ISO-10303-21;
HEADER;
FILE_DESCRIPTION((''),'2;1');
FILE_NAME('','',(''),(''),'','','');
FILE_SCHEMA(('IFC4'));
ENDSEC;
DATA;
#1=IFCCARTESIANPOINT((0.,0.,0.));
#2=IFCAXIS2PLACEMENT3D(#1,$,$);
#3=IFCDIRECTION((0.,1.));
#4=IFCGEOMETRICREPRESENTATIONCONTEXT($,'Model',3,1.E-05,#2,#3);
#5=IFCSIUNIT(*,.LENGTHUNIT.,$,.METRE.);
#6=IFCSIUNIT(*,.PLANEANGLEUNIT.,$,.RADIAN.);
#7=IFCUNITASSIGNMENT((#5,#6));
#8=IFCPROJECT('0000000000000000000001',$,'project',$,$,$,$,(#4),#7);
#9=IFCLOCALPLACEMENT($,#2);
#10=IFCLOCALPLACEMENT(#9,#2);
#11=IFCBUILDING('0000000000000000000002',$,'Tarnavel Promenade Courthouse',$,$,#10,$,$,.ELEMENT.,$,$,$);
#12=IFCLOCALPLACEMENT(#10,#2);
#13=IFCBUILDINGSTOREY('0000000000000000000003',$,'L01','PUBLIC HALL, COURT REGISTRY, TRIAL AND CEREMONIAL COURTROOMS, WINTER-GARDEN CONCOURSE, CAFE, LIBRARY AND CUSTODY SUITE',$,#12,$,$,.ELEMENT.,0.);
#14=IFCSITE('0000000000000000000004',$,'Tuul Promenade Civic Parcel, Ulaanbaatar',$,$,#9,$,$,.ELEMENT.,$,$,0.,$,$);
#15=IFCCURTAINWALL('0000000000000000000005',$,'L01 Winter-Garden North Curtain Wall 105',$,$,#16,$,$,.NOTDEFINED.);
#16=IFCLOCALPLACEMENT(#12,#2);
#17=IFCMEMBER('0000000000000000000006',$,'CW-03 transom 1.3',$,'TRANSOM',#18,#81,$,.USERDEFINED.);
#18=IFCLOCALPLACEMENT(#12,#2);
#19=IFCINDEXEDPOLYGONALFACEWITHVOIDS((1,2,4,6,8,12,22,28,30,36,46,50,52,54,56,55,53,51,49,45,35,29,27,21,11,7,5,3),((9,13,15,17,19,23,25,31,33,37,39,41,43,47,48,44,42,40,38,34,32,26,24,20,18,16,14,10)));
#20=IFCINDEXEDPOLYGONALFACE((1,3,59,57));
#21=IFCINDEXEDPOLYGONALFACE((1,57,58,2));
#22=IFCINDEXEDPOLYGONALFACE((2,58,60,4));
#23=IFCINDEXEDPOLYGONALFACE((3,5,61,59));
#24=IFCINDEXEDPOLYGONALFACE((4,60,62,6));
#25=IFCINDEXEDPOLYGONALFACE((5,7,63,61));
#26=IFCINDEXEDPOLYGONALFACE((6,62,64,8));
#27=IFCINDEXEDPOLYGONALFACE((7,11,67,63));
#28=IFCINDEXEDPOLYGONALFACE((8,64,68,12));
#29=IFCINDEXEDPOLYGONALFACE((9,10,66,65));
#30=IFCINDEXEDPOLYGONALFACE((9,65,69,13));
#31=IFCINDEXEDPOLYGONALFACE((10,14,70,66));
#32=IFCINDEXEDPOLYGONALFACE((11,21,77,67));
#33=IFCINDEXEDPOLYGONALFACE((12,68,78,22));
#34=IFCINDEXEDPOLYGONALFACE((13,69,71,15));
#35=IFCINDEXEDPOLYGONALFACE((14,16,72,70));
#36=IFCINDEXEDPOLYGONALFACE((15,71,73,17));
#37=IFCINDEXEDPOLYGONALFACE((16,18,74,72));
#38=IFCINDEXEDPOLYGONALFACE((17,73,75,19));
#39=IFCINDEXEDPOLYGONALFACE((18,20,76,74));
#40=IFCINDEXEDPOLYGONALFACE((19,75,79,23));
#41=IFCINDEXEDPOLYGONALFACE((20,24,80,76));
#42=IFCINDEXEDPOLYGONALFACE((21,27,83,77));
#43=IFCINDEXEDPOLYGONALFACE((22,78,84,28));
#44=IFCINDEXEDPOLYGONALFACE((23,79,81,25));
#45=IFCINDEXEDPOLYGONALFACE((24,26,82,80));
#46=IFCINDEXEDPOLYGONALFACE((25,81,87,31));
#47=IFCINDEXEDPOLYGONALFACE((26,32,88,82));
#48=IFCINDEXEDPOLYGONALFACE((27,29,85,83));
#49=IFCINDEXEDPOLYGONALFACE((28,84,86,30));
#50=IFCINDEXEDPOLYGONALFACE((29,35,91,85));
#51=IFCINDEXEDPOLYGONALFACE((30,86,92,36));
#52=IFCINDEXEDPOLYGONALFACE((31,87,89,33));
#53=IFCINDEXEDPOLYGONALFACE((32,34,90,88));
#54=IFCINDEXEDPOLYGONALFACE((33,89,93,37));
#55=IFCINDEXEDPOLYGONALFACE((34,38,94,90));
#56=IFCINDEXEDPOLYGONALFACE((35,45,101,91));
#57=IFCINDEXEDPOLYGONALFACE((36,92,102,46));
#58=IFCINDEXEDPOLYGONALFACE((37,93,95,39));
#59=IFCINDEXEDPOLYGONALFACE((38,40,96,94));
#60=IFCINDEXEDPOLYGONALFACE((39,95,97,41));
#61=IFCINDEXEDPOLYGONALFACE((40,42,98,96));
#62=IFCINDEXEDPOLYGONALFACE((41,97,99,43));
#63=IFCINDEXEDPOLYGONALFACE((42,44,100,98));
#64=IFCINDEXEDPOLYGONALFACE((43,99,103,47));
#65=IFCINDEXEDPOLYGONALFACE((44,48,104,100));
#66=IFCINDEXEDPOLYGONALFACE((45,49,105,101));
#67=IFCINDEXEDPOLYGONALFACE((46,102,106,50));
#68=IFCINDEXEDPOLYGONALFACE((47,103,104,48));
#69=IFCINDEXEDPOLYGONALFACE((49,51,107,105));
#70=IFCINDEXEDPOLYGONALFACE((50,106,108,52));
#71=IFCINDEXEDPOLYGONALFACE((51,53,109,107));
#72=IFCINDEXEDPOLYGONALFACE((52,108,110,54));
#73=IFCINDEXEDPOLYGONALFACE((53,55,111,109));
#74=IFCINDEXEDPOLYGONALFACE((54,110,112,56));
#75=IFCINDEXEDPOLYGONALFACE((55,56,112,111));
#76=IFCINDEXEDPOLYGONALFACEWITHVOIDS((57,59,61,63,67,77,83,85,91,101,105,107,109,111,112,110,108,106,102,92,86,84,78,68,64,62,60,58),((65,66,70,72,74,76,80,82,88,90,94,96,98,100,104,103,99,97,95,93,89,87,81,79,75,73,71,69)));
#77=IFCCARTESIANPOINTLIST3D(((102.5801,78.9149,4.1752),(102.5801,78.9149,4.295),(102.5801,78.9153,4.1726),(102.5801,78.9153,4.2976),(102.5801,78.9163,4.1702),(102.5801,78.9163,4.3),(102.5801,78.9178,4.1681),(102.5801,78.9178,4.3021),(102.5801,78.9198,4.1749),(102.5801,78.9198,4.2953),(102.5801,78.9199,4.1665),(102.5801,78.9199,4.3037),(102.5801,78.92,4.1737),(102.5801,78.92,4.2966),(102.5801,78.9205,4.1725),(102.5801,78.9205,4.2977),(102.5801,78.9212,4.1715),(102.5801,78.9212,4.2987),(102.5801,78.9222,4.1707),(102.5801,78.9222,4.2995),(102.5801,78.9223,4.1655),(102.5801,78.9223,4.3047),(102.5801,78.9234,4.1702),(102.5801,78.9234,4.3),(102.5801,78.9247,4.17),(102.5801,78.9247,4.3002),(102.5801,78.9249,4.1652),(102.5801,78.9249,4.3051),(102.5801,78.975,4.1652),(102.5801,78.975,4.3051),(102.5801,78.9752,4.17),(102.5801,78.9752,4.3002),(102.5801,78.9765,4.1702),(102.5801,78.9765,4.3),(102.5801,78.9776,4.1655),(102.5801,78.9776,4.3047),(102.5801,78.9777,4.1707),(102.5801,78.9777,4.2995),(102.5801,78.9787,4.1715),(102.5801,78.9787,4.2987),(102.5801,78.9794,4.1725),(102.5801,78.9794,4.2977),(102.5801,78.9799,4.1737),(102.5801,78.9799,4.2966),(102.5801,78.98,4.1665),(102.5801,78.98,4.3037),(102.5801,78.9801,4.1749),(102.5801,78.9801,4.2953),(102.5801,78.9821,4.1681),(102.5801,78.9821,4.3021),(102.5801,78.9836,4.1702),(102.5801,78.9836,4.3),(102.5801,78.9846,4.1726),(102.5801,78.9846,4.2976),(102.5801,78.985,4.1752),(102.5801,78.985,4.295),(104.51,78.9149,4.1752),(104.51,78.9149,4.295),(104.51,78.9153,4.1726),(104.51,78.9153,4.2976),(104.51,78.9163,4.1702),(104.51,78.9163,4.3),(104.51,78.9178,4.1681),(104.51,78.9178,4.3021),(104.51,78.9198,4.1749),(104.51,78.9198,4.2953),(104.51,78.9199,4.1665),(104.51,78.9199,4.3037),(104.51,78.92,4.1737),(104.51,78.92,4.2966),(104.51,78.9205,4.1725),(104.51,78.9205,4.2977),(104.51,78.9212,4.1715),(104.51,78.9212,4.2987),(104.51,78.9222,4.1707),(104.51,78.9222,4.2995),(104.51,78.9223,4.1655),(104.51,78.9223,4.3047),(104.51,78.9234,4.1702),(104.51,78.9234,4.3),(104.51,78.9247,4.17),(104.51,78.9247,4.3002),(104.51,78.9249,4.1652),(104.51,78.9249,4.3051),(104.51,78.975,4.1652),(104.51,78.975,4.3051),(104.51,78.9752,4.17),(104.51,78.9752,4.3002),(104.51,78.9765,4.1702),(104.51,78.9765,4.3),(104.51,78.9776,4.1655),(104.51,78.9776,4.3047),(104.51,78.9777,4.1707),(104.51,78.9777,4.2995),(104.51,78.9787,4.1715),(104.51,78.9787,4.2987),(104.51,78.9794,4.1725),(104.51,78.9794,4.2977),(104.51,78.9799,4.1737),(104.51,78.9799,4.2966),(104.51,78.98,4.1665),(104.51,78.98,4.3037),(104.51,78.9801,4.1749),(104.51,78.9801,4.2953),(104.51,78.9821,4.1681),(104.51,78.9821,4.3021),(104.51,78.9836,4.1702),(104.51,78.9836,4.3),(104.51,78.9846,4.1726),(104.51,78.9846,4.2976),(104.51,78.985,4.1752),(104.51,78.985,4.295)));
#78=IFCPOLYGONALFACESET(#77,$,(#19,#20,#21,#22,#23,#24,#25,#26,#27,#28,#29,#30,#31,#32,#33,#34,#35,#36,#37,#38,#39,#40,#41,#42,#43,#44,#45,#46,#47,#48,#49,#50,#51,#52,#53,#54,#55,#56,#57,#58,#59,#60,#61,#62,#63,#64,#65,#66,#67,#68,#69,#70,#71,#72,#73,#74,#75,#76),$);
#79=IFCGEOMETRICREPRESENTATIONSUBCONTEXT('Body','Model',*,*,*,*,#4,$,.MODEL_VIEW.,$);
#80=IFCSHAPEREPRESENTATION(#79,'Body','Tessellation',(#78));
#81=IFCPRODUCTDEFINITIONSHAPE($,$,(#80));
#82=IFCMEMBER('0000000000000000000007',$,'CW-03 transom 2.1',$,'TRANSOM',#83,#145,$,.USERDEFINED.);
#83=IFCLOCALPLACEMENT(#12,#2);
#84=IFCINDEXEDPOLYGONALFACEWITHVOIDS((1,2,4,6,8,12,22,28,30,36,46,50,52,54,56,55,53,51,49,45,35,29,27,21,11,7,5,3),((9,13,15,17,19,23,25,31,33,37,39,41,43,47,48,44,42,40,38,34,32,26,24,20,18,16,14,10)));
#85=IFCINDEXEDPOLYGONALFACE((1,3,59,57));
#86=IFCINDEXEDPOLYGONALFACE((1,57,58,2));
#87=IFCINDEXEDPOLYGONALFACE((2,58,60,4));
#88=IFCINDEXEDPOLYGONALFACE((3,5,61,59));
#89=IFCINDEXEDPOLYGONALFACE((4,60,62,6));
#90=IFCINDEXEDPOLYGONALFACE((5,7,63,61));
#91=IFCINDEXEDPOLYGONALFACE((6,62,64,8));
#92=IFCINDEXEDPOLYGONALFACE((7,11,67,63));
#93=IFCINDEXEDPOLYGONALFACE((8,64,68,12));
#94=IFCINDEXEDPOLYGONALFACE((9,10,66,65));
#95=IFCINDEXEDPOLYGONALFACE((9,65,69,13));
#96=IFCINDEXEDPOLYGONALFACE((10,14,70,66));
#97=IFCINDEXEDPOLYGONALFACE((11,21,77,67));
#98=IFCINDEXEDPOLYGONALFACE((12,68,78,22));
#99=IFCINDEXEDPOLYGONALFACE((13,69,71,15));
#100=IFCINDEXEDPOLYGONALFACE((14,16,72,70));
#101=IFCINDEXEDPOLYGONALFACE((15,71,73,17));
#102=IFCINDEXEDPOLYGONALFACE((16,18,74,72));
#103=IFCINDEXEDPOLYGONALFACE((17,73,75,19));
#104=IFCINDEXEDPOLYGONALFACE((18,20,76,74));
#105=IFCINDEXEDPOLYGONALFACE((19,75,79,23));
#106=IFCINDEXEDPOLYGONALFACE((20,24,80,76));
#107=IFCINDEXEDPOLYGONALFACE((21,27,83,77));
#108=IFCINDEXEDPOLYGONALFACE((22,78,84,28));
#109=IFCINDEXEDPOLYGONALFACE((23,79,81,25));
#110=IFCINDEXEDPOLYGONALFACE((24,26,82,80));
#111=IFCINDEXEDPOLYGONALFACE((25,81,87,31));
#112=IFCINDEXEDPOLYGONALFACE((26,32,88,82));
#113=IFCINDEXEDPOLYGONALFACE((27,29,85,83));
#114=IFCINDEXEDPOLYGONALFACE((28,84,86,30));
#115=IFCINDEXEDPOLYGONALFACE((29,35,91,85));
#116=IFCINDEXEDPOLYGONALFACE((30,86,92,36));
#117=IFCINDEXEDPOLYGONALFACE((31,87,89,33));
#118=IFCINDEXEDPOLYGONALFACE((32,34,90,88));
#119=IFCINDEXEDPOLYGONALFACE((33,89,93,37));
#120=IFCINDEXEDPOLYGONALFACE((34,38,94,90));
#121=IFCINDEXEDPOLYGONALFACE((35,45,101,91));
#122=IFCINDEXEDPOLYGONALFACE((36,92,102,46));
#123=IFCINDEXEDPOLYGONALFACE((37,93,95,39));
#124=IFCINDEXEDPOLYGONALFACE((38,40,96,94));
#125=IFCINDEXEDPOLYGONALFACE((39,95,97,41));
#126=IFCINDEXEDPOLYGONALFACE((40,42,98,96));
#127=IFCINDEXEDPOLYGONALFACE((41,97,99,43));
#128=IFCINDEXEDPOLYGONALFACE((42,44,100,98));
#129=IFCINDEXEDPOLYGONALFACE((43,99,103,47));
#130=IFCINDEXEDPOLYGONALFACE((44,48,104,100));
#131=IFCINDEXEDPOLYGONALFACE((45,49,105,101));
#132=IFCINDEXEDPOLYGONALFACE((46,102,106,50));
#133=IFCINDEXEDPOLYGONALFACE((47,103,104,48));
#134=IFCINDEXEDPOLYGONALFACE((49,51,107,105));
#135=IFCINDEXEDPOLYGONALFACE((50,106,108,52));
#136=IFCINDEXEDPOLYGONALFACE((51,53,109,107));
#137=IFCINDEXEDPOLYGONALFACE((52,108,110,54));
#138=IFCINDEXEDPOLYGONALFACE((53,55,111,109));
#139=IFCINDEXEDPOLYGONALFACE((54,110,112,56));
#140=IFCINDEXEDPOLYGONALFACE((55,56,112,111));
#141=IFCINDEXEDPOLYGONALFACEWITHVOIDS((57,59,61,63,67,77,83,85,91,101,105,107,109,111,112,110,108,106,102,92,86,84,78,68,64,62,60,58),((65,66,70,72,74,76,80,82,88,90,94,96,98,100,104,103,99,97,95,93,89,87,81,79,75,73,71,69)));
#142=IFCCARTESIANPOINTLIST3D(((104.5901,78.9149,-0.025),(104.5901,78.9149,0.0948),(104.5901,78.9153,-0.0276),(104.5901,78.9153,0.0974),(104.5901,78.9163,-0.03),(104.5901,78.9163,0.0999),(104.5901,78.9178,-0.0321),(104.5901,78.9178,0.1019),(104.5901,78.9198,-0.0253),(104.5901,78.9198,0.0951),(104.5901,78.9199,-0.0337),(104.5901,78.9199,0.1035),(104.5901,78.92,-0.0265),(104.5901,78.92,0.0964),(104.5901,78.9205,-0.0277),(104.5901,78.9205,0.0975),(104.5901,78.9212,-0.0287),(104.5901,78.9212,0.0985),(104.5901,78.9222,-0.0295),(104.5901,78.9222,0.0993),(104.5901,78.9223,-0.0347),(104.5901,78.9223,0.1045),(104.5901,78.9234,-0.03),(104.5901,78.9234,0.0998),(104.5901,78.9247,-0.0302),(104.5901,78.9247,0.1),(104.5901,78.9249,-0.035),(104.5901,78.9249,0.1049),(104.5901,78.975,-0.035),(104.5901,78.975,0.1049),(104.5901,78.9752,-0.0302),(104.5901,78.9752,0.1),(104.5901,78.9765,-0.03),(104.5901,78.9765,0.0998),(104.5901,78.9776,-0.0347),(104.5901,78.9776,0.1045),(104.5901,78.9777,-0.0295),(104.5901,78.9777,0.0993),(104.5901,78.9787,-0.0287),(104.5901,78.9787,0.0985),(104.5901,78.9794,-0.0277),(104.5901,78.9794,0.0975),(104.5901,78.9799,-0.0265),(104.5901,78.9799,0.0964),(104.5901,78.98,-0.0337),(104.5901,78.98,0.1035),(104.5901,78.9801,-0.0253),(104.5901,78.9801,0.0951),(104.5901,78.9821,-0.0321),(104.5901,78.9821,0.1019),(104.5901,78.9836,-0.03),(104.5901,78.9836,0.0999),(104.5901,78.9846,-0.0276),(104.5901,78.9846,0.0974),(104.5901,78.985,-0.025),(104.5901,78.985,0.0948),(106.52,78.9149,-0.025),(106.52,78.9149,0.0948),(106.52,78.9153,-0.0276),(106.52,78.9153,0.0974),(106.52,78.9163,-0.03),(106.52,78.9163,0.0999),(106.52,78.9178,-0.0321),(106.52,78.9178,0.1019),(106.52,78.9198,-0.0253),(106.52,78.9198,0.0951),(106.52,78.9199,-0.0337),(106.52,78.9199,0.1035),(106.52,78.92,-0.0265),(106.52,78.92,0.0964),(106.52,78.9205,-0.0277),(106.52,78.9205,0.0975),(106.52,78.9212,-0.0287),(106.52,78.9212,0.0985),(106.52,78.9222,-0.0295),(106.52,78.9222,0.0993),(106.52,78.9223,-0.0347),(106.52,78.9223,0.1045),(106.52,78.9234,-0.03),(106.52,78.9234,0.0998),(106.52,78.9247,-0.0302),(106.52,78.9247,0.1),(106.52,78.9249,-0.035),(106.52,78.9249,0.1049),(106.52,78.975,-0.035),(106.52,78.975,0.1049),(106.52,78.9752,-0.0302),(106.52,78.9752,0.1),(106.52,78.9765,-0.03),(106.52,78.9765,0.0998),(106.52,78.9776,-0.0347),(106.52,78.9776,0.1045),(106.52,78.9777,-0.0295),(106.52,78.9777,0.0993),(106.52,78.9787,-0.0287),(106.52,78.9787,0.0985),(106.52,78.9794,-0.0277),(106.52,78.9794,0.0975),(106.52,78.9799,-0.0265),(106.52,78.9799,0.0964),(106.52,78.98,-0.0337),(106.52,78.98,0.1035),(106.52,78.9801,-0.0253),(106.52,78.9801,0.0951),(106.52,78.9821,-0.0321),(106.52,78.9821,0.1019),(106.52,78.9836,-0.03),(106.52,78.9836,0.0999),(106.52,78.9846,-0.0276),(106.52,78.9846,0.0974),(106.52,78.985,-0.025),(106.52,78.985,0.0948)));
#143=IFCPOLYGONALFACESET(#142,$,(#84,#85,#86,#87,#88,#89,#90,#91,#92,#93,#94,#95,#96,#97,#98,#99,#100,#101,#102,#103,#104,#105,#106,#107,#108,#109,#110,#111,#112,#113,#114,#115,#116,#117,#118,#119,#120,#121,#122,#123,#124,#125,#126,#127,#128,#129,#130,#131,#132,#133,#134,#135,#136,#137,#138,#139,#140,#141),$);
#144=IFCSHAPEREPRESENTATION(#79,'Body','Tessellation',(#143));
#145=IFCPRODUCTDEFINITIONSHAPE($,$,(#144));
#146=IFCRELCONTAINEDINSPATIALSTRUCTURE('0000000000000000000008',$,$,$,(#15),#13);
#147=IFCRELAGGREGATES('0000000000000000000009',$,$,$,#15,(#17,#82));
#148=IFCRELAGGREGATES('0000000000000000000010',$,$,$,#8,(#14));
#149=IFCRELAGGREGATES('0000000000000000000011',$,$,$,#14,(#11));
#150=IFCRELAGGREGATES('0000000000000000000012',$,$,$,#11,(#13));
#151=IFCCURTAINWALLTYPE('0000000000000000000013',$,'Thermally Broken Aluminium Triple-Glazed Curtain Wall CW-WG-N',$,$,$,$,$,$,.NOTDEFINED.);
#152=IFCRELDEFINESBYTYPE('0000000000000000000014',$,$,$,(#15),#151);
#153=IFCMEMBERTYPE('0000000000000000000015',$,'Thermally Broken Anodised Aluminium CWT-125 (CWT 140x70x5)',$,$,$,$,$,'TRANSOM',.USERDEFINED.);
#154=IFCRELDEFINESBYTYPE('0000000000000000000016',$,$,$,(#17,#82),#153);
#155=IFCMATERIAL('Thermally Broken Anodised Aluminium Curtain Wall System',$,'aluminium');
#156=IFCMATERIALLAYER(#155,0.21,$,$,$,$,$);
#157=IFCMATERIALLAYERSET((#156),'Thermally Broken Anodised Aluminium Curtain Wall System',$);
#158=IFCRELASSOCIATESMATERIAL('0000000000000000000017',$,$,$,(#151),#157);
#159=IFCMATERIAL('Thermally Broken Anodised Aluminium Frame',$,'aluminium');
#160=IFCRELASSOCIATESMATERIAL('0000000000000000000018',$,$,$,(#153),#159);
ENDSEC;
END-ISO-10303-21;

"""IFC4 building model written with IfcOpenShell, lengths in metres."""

from ifc_helpers import new_model, si_unit, direction, frame, origin, origin_2d, place, context, subcontext, project, spatial, hollow_rectangle, extrude, material, layer, layer_set, material_profile, profile_set, type_object, element, aggregate, save


model = new_model("IFC4")

# Units and contexts
model_context = context("Model", 3, precision=1e-05, world=origin(), true_north=direction((0.0, 1.0)))
body_context = subcontext(model_context, "Body", "Model", "MODEL_VIEW")
ifc_project = project(units=[si_unit("LENGTHUNIT", "METRE"), si_unit("PLANEANGLEUNIT", "RADIAN")], contexts=[model_context])

# Site, building, storey
site_placement = place(None, origin())
site = spatial("IfcSite", under=ifc_project, at=site_placement, Name="Tuul Promenade Civic Parcel, Ulaanbaatar", CompositionType="ELEMENT", RefElevation=0.0)
building_placement = place(site_placement, origin())
building = spatial("IfcBuilding", under=site, at=building_placement, Name="Tarnavel Promenade Courthouse", CompositionType="ELEMENT")
storey_placement = place(building_placement, origin())
storey = spatial("IfcBuildingStorey", under=building, at=storey_placement, Name="L01", Description="PUBLIC HALL, COURT REGISTRY, TRIAL AND CEREMONIAL COURTROOMS, WINTER-GARDEN CONCOURSE, CAFE, LIBRARY AND CUSTODY SUITE", CompositionType="ELEMENT", Elevation=0.0)

# Curtain wall
ifc_material_1 = material(Name="Thermally Broken Anodised Aluminium Curtain Wall System", Category="aluminium")
ifc_layer_1 = layer(ifc_material_1, 0.21)
ifc_layer_set_1 = layer_set([ifc_layer_1], Name="Thermally Broken Anodised Aluminium Curtain Wall System")
curtain_wall_type = type_object("IfcCurtainWallType", Name="Thermally Broken Aluminium Triple-Glazed Curtain Wall CW-WG-N", PredefinedType="NOTDEFINED", material=ifc_layer_set_1)
curtain_wall_1_placement = place(storey_placement, origin())
curtain_wall_1 = element("IfcCurtainWall", 1, at=curtain_wall_1_placement, inside=storey, type_object=curtain_wall_type, Name="L01 Winter-Garden North Curtain Wall 105", PredefinedType="NOTDEFINED")
ifc_material_2 = material(Name="Thermally Broken Anodised Aluminium Frame", Category="aluminium")

# Members
ifc_material_profile_1 = material_profile(ifc_material_2, hollow_rectangle(XDim=0.0701, YDim=0.1399, WallThickness=0.0049, InnerFilletRadius=0.0049, OuterFilletRadius=0.01, at=origin_2d()), Name="CWT 140x70x5")
ifc_profile_set_1 = profile_set([ifc_material_profile_1], Name="Thermally Broken Anodised Aluminium Frame")
member_type_1 = type_object("IfcMemberType", Name="Thermally Broken Anodised Aluminium CWT-125 (CWT 140x70x5)", ElementType="TRANSOM", PredefinedType="USERDEFINED", material=ifc_profile_set_1)
member_1_placement = place(storey_placement, frame((102.5801, 78.95, 4.2351), z_axis=(1.0, 0.0, 0.0), x_axis=(0.0, 1.0, 0.0)))
member_1 = element("IfcMember", 2, at=member_1_placement, type_object=member_type_1, Name="CW-03 transom 1.3", ObjectType="TRANSOM", PredefinedType="USERDEFINED", context=body_context, shape_type="SweptSolid", body=[
    extrude(hollow_rectangle(XDim=0.0701, YDim=0.1399, WallThickness=0.0049, InnerFilletRadius=0.0049, OuterFilletRadius=0.01, at=origin_2d()), origin(), (0.0, 0.0, 1.0), 1.9299),
])
member_2_placement = place(storey_placement, frame((104.5901, 78.95, 0.0349), z_axis=(1.0, 0.0, 0.0), x_axis=(0.0, 1.0, 0.0)))
member_2 = element("IfcMember", 3, at=member_2_placement, type_object=member_type_1, Name="CW-03 transom 2.1", ObjectType="TRANSOM", PredefinedType="USERDEFINED", context=body_context, shape_type="SweptSolid", body=[
    extrude(hollow_rectangle(XDim=0.0701, YDim=0.1399, WallThickness=0.0049, InnerFilletRadius=0.0049, OuterFilletRadius=0.01, at=origin_2d()), origin(), (0.0, 0.0, 1.0), 1.9299),
])

aggregate(curtain_wall_1, [member_1, member_2])

save(model, "model.ifc")
